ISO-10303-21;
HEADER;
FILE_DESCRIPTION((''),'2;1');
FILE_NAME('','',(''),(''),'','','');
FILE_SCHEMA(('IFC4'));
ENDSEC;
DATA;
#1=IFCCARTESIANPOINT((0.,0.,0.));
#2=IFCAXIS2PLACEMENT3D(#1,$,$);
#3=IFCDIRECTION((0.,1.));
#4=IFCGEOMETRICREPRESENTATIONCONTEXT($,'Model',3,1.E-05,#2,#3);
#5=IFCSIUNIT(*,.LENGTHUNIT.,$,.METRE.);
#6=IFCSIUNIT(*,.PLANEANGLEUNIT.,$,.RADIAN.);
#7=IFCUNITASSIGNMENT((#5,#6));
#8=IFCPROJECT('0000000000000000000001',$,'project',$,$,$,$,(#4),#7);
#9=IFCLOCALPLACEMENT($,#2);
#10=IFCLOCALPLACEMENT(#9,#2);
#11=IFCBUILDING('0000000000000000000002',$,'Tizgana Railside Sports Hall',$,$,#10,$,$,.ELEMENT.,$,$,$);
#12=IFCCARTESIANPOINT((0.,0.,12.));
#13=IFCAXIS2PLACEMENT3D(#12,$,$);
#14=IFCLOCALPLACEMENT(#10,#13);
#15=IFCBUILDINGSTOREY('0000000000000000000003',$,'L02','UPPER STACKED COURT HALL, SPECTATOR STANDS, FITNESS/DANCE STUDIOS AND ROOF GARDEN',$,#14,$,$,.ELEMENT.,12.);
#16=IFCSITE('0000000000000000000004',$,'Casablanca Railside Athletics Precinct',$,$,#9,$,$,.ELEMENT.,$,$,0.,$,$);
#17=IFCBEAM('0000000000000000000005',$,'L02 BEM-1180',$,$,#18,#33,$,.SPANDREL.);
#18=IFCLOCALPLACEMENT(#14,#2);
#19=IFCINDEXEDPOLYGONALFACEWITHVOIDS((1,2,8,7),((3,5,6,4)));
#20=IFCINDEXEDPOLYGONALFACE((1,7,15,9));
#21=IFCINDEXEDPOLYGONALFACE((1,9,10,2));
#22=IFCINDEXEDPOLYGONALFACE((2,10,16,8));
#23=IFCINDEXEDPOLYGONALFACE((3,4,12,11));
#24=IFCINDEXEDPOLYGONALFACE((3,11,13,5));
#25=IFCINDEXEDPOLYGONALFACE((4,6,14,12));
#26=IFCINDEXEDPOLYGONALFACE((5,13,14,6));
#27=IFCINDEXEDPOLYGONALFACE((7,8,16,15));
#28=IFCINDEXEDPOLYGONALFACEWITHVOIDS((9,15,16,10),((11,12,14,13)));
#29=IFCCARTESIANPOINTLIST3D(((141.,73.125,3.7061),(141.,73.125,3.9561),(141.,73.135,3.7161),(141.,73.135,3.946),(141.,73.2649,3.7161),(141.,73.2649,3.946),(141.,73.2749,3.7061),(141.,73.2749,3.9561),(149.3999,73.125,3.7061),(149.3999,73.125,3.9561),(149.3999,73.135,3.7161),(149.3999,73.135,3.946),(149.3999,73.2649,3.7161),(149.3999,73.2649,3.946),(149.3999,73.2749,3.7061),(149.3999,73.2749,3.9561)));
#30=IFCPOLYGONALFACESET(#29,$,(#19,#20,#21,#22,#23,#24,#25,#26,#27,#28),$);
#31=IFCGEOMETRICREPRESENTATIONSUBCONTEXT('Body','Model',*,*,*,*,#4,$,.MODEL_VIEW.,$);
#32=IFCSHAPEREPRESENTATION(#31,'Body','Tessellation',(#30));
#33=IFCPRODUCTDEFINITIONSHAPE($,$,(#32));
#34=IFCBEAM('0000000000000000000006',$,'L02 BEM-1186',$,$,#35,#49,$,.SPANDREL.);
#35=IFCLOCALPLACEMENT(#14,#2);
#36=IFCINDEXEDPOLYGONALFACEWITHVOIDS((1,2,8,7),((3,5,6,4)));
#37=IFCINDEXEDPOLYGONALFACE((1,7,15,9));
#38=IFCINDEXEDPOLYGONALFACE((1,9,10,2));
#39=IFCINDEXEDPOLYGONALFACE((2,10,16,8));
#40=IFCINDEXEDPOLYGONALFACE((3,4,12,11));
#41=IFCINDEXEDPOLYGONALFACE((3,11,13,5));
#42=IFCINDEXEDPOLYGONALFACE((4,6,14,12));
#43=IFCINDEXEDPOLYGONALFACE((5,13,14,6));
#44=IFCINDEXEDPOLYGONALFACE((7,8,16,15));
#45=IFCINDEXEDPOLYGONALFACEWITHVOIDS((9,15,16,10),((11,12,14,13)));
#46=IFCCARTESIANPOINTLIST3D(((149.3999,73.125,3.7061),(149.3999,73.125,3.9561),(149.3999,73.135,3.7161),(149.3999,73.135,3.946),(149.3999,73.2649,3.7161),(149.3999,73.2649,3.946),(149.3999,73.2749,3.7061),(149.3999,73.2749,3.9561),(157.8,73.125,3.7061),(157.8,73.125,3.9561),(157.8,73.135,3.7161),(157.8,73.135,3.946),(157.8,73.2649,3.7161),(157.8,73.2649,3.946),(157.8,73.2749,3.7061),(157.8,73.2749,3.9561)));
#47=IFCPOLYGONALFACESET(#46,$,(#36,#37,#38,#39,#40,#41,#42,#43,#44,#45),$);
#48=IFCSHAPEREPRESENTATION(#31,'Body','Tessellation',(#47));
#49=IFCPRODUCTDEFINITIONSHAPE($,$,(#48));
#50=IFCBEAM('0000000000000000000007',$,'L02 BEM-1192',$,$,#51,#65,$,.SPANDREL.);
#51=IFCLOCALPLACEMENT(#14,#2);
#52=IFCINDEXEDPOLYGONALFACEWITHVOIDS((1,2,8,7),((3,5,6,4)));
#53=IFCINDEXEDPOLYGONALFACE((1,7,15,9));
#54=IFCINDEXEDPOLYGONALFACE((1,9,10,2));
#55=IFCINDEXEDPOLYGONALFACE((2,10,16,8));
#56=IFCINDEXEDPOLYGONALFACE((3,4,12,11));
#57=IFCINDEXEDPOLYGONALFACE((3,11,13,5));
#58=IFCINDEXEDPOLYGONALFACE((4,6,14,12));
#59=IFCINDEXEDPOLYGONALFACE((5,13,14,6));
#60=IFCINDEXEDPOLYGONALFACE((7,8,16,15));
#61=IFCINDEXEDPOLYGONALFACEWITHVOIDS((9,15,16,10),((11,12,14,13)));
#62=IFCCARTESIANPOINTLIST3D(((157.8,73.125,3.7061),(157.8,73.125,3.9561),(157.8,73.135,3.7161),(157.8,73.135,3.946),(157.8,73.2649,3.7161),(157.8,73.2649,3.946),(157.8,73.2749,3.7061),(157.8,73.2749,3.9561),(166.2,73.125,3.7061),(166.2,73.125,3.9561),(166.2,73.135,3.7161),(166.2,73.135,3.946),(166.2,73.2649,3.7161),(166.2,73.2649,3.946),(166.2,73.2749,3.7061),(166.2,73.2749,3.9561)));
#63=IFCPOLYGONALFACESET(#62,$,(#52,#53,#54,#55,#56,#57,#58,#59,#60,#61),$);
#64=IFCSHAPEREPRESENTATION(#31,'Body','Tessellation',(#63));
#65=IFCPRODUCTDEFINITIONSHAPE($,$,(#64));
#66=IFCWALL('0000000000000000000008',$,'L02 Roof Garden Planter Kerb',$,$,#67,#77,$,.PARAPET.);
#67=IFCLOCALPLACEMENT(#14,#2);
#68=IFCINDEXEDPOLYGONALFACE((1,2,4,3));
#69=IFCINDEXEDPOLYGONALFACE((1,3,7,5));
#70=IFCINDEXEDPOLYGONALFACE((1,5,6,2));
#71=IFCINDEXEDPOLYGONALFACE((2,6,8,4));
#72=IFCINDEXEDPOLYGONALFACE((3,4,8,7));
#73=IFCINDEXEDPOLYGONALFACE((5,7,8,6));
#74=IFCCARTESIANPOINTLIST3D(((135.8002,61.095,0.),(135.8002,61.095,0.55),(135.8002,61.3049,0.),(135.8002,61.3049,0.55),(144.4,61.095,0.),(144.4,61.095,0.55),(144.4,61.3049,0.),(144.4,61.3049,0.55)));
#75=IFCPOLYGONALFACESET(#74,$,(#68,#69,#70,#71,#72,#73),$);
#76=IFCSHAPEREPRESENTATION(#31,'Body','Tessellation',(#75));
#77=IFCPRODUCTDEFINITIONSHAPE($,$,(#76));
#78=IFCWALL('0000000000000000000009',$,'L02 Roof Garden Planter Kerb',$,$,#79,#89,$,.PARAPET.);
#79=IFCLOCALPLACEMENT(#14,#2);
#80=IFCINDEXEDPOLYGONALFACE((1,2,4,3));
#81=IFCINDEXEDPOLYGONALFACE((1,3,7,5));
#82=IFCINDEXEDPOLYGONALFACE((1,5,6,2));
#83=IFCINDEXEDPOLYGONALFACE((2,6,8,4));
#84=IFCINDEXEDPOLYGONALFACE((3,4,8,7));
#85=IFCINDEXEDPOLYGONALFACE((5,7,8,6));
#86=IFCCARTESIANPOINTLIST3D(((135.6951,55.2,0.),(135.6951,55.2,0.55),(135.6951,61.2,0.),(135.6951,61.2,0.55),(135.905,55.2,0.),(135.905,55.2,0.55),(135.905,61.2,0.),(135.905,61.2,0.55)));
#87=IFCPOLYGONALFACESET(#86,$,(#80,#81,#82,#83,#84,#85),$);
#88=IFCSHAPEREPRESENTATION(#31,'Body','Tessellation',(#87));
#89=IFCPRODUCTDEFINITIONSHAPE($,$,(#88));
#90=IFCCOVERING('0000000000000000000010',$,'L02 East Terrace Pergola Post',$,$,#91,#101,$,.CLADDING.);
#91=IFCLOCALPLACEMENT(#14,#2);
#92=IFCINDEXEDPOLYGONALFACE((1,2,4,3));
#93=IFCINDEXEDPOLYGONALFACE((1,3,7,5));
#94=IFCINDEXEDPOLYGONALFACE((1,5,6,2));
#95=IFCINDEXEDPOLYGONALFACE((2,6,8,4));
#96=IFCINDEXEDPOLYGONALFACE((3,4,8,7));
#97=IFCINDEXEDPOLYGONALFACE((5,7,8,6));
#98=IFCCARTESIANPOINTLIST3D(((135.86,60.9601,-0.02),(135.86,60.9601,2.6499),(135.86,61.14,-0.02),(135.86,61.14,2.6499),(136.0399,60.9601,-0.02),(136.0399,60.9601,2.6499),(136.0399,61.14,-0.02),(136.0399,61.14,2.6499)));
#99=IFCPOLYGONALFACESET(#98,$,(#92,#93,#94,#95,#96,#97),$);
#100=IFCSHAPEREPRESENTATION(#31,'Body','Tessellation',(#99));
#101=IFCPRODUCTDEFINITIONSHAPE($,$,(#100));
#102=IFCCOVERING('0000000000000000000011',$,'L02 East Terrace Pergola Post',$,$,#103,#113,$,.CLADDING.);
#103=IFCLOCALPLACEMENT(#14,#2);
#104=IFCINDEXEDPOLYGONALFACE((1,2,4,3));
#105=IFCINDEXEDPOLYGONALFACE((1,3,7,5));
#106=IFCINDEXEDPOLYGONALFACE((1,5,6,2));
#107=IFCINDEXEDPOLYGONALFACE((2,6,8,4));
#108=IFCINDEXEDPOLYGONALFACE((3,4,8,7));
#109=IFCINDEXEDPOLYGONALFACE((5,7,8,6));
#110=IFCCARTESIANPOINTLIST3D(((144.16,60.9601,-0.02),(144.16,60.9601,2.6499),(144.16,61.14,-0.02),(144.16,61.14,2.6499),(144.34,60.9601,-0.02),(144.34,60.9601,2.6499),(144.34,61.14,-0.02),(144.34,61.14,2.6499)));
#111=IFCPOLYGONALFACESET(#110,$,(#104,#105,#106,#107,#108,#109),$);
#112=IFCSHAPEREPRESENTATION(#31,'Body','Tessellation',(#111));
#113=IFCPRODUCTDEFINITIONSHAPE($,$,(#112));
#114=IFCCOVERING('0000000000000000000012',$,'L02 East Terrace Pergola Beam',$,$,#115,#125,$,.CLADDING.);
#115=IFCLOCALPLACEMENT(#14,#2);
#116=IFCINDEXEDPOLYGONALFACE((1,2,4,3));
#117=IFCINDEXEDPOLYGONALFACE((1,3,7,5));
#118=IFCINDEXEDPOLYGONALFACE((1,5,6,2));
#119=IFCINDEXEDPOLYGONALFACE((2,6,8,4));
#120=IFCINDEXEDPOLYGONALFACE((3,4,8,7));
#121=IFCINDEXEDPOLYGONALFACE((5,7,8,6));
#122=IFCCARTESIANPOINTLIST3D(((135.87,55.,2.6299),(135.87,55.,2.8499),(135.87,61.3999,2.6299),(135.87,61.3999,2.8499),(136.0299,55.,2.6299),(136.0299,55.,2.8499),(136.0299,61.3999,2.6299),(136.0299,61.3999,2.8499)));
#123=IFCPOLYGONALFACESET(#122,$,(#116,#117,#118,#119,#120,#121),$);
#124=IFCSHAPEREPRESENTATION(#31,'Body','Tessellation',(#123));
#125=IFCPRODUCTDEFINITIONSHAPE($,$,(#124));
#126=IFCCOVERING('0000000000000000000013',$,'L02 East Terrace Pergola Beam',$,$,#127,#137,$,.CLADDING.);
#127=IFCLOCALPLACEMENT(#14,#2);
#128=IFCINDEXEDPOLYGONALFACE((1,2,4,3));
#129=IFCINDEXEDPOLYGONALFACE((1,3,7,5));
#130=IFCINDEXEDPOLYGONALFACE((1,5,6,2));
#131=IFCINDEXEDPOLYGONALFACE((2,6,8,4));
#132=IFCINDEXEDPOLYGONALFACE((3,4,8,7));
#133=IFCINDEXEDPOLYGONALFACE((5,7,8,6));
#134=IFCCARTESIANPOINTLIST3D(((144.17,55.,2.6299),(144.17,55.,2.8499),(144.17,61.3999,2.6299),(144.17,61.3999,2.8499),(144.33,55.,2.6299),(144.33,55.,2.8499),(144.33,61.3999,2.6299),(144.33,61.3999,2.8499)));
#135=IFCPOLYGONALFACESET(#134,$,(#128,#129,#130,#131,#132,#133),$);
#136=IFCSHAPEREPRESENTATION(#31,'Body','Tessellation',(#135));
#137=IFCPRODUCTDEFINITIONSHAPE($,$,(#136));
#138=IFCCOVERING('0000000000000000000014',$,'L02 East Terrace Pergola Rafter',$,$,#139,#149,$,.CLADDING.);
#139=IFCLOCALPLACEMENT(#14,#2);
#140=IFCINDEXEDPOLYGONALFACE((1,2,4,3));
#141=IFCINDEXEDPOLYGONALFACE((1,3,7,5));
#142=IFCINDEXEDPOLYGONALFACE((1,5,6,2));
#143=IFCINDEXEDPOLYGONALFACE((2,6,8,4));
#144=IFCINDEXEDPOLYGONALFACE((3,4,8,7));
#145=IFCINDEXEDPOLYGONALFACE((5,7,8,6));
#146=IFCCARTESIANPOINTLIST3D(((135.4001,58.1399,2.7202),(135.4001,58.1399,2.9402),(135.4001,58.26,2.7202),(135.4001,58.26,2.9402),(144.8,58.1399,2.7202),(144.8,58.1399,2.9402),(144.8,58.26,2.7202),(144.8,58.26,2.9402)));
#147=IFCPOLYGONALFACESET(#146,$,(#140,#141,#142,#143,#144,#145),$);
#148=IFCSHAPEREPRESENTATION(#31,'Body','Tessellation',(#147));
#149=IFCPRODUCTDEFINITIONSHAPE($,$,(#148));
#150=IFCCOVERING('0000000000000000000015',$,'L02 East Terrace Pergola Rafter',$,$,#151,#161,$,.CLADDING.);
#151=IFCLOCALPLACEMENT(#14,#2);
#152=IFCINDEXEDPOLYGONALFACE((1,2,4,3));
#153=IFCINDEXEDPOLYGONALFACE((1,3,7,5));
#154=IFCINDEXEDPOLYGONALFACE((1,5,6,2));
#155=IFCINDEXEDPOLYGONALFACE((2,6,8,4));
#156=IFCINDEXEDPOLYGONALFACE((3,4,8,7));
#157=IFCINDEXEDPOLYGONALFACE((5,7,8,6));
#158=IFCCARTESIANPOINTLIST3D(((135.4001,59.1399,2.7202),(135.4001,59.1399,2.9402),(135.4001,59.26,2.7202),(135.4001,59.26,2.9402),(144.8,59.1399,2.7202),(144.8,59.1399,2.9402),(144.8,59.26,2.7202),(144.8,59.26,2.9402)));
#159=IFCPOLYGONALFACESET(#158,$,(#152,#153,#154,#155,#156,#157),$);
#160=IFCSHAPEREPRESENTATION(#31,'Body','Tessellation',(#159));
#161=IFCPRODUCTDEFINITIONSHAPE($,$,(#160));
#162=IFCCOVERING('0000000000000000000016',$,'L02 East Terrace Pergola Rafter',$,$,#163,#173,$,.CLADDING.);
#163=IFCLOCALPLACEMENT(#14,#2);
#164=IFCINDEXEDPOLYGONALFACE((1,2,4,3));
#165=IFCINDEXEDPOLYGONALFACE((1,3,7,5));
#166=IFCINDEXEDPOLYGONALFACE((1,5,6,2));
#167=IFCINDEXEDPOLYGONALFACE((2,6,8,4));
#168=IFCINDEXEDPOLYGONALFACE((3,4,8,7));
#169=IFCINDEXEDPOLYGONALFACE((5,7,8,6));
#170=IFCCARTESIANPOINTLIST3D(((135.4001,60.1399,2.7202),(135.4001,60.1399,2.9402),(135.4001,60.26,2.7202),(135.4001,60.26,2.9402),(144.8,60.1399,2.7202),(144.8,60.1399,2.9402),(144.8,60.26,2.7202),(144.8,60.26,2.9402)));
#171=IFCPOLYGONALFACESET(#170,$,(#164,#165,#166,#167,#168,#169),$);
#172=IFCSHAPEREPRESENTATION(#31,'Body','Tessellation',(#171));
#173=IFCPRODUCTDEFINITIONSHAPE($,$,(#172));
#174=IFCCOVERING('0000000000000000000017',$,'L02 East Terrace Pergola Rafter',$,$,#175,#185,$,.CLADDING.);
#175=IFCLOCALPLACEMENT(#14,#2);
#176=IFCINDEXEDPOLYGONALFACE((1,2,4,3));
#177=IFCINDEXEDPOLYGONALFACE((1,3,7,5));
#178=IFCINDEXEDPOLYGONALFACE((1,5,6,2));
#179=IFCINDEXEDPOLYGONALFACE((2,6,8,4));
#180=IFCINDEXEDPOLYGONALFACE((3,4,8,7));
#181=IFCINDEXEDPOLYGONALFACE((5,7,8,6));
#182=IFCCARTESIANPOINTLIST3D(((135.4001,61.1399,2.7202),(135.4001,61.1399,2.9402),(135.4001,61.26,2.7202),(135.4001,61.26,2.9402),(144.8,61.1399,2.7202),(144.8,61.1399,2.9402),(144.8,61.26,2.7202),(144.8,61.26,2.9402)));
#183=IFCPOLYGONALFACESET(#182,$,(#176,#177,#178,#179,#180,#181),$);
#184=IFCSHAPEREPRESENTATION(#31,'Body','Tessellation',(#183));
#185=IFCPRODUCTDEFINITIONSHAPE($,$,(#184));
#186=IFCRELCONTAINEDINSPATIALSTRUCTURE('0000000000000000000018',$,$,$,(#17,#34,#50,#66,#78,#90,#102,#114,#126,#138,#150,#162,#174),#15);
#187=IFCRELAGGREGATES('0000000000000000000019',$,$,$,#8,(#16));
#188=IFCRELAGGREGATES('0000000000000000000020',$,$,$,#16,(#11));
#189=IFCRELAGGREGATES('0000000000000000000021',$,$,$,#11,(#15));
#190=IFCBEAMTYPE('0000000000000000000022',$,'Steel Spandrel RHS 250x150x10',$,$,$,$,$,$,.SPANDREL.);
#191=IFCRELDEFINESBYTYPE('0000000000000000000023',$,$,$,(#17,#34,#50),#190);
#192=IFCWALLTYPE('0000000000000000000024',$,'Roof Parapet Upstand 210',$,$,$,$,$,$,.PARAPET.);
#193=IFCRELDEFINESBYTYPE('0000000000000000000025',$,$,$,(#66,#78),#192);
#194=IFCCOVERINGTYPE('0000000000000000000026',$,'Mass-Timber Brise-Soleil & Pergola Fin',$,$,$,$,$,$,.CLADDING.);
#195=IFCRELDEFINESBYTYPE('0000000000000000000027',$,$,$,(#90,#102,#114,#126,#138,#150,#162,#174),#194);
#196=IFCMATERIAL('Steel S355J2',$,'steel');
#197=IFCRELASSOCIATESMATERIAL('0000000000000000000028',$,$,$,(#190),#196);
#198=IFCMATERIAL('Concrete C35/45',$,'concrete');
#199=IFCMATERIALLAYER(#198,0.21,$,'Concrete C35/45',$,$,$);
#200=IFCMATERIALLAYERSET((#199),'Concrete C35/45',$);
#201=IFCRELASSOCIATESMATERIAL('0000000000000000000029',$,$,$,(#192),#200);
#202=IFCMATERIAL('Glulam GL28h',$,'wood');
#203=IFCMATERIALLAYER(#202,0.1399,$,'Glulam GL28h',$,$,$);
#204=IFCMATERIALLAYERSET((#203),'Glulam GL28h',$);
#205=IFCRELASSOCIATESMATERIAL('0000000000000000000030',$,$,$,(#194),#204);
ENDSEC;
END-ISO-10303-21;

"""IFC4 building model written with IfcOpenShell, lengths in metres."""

from ifc_helpers import new_model, si_unit, direction, frame, frame_2d, origin, origin_2d, place, context, subcontext, project, spatial, rectangle, hollow_rectangle, extrude, material, layer, layer_set, material_profile, profile_set, type_object, element, save


model = new_model("IFC4")

# Units and contexts
model_context = context("Model", 3, precision=1e-05, world=origin(), true_north=direction((0.0, 1.0)))
body_context = subcontext(model_context, "Body", "Model", "MODEL_VIEW")
ifc_project = project(units=[si_unit("LENGTHUNIT", "METRE"), si_unit("PLANEANGLEUNIT", "RADIAN")], contexts=[model_context])

# Site, building, storey
site_placement = place(None, origin())
site = spatial("IfcSite", under=ifc_project, at=site_placement, Name="Casablanca Railside Athletics Precinct", CompositionType="ELEMENT", RefElevation=0.0)
building_placement = place(site_placement, origin())
building = spatial("IfcBuilding", under=site, at=building_placement, Name="Tizgana Railside Sports Hall", CompositionType="ELEMENT")
storey_placement = place(building_placement, frame((0.0, 0.0, 12.0)))
storey = spatial("IfcBuildingStorey", under=building, at=storey_placement, Name="L02", Description="UPPER STACKED COURT HALL, SPECTATOR STANDS, FITNESS/DANCE STUDIOS AND ROOF GARDEN", CompositionType="ELEMENT", Elevation=12.0)

# Beams
ifc_material_1 = material(Name="Steel S355J2", Category="steel")
ifc_material_profile_1 = material_profile(ifc_material_1, hollow_rectangle(XDim=0.1499, YDim=0.25, WallThickness=0.01, at=origin_2d()), Name="RHS 250x150x10")
ifc_profile_set_1 = profile_set([ifc_material_profile_1], Name="Steel S355J2")
beam_type_1 = type_object("IfcBeamType", Name="Steel Spandrel RHS 250x150x10", PredefinedType="SPANDREL", material=ifc_profile_set_1)
beam_1_placement = place(storey_placement, frame((141.0, 73.2, 3.8311), z_axis=(1.0, 0.0, 0.0), x_axis=(0.0, 1.0, 0.0)))
element("IfcBeam", 1, at=beam_1_placement, inside=storey, type_object=beam_type_1, Name="L02 BEM-1180", PredefinedType="SPANDREL", context=body_context, shape_type="SweptSolid", body=[
    extrude(hollow_rectangle(XDim=0.1499, YDim=0.25, WallThickness=0.01, at=origin_2d()), origin(), (0.0, 0.0, 1.0), 8.3999),
])
beam_2_placement = place(storey_placement, frame((149.3999, 73.2, 3.8311), z_axis=(1.0, 0.0, 0.0), x_axis=(0.0, 1.0, 0.0)))
element("IfcBeam", 2, at=beam_2_placement, inside=storey, type_object=beam_type_1, Name="L02 BEM-1186", PredefinedType="SPANDREL", context=body_context, shape_type="SweptSolid", body=[
    extrude(hollow_rectangle(XDim=0.1499, YDim=0.25, WallThickness=0.01, at=origin_2d()), origin(), (0.0, 0.0, 1.0), 8.4001),
])
beam_3_placement = place(storey_placement, frame((157.8, 73.2, 3.8311), z_axis=(1.0, 0.0, 0.0), x_axis=(0.0, 1.0, 0.0)))
element("IfcBeam", 3, at=beam_3_placement, inside=storey, type_object=beam_type_1, Name="L02 BEM-1192", PredefinedType="SPANDREL", context=body_context, shape_type="SweptSolid", body=[
    extrude(hollow_rectangle(XDim=0.1499, YDim=0.25, WallThickness=0.01, at=origin_2d()), origin(), (0.0, 0.0, 1.0), 8.3999),
])

# Walls
ifc_material_2 = material(Name="Concrete C35/45", Category="concrete")
ifc_layer_1 = layer(ifc_material_2, 0.21, Name="Concrete C35/45")
ifc_layer_set_1 = layer_set([ifc_layer_1], Name="Concrete C35/45")
wall_type = type_object("IfcWallType", Name="Roof Parapet Upstand 210", PredefinedType="PARAPET", material=ifc_layer_set_1)
wall_1_placement = place(storey_placement, frame((144.3999, 61.2, 0.0), z_axis=(0.0, 0.0, 1.0), x_axis=(-1.0, 0.0, 0.0)))
element("IfcWall", 4, at=wall_1_placement, inside=storey, type_object=wall_type, Name="L02 Roof Garden Planter Kerb", PredefinedType="PARAPET", context=body_context, shape_type="SweptSolid", body=[
    extrude(rectangle(XDim=8.5999, YDim=0.21, at=frame_2d((4.2998, 0.0))), origin(), (0.0, 0.0, 1.0), 0.55),
])
wall_2_placement = place(storey_placement, frame((135.8, 61.2, 0.0), z_axis=(0.0, 0.0, 1.0), x_axis=(0.0, -1.0, 0.0)))
element("IfcWall", 5, at=wall_2_placement, inside=storey, type_object=wall_type, Name="L02 Roof Garden Planter Kerb", PredefinedType="PARAPET", context=body_context, shape_type="SweptSolid", body=[
    extrude(rectangle(XDim=6.0, YDim=0.21, at=frame_2d((3.0, 0.0))), origin(), (0.0, 0.0, 1.0), 0.55),
])

# Coverings
ifc_material_3 = material(Name="Glulam GL28h", Category="wood")
ifc_layer_2 = layer(ifc_material_3, 0.1399, Name="Glulam GL28h")
ifc_layer_set_2 = layer_set([ifc_layer_2], Name="Glulam GL28h")
covering_type = type_object("IfcCoveringType", Name="Mass-Timber Brise-Soleil & Pergola Fin", PredefinedType="CLADDING", material=ifc_layer_set_2)
for number, where, z_axis, x_axis, name in (
    (6, (135.95, 61.05, -0.02), (0.0, 0.0, 1.0), (1.0, 0.0, 0.0), "L02 East Terrace Pergola Post"),
    (7, (144.25, 61.05, -0.02), (0.0, 0.0, 1.0), (1.0, 0.0, 0.0), "L02 East Terrace Pergola Post"),
):
    element("IfcCovering", number, at=place(storey_placement, frame(where, z_axis=z_axis, x_axis=x_axis)), inside=storey, type_object=covering_type, Name=name, PredefinedType="CLADDING", context=body_context, shape_type="SweptSolid", body=[
        extrude(rectangle(XDim=0.1799, YDim=0.1799, at=origin_2d()), origin(), (0.0, 0.0, 1.0), 2.6699),
    ])
for number, where, z_axis, x_axis, name in (
    (8, (135.95, 58.2, 2.6299), (0.0, 0.0, 1.0), (1.0, 0.0, 0.0), "L02 East Terrace Pergola Beam"),
    (9, (144.25, 58.2, 2.6299), (0.0, 0.0, 1.0), (1.0, 0.0, 0.0), "L02 East Terrace Pergola Beam"),
):
    element("IfcCovering", number, at=place(storey_placement, frame(where, z_axis=z_axis, x_axis=x_axis)), inside=storey, type_object=covering_type, Name=name, PredefinedType="CLADDING", context=body_context, shape_type="SweptSolid", body=[
        extrude(rectangle(XDim=0.1599, YDim=6.3999, at=origin_2d()), origin(), (0.0, 0.0, 1.0), 0.22),
    ])
for number, where, z_axis, x_axis, name in (
    (10, (140.1001, 58.2, 2.7202), (0.0, 0.0, 1.0), (1.0, 0.0, 0.0), "L02 East Terrace Pergola Rafter"),
    (11, (140.1001, 59.2, 2.7202), (0.0, 0.0, 1.0), (1.0, 0.0, 0.0), "L02 East Terrace Pergola Rafter"),
    (12, (140.1001, 60.2, 2.7202), (0.0, 0.0, 1.0), (1.0, 0.0, 0.0), "L02 East Terrace Pergola Rafter"),
    (13, (140.1001, 61.2, 2.7202), (0.0, 0.0, 1.0), (1.0, 0.0, 0.0), "L02 East Terrace Pergola Rafter"),
):
    element("IfcCovering", number, at=place(storey_placement, frame(where, z_axis=z_axis, x_axis=x_axis)), inside=storey, type_object=covering_type, Name=name, PredefinedType="CLADDING", context=body_context, shape_type="SweptSolid", body=[
        extrude(rectangle(XDim=9.3999, YDim=0.1201, at=origin_2d()), origin(), (0.0, 0.0, 1.0), 0.22),
    ])

save(model, "model.ifc")
